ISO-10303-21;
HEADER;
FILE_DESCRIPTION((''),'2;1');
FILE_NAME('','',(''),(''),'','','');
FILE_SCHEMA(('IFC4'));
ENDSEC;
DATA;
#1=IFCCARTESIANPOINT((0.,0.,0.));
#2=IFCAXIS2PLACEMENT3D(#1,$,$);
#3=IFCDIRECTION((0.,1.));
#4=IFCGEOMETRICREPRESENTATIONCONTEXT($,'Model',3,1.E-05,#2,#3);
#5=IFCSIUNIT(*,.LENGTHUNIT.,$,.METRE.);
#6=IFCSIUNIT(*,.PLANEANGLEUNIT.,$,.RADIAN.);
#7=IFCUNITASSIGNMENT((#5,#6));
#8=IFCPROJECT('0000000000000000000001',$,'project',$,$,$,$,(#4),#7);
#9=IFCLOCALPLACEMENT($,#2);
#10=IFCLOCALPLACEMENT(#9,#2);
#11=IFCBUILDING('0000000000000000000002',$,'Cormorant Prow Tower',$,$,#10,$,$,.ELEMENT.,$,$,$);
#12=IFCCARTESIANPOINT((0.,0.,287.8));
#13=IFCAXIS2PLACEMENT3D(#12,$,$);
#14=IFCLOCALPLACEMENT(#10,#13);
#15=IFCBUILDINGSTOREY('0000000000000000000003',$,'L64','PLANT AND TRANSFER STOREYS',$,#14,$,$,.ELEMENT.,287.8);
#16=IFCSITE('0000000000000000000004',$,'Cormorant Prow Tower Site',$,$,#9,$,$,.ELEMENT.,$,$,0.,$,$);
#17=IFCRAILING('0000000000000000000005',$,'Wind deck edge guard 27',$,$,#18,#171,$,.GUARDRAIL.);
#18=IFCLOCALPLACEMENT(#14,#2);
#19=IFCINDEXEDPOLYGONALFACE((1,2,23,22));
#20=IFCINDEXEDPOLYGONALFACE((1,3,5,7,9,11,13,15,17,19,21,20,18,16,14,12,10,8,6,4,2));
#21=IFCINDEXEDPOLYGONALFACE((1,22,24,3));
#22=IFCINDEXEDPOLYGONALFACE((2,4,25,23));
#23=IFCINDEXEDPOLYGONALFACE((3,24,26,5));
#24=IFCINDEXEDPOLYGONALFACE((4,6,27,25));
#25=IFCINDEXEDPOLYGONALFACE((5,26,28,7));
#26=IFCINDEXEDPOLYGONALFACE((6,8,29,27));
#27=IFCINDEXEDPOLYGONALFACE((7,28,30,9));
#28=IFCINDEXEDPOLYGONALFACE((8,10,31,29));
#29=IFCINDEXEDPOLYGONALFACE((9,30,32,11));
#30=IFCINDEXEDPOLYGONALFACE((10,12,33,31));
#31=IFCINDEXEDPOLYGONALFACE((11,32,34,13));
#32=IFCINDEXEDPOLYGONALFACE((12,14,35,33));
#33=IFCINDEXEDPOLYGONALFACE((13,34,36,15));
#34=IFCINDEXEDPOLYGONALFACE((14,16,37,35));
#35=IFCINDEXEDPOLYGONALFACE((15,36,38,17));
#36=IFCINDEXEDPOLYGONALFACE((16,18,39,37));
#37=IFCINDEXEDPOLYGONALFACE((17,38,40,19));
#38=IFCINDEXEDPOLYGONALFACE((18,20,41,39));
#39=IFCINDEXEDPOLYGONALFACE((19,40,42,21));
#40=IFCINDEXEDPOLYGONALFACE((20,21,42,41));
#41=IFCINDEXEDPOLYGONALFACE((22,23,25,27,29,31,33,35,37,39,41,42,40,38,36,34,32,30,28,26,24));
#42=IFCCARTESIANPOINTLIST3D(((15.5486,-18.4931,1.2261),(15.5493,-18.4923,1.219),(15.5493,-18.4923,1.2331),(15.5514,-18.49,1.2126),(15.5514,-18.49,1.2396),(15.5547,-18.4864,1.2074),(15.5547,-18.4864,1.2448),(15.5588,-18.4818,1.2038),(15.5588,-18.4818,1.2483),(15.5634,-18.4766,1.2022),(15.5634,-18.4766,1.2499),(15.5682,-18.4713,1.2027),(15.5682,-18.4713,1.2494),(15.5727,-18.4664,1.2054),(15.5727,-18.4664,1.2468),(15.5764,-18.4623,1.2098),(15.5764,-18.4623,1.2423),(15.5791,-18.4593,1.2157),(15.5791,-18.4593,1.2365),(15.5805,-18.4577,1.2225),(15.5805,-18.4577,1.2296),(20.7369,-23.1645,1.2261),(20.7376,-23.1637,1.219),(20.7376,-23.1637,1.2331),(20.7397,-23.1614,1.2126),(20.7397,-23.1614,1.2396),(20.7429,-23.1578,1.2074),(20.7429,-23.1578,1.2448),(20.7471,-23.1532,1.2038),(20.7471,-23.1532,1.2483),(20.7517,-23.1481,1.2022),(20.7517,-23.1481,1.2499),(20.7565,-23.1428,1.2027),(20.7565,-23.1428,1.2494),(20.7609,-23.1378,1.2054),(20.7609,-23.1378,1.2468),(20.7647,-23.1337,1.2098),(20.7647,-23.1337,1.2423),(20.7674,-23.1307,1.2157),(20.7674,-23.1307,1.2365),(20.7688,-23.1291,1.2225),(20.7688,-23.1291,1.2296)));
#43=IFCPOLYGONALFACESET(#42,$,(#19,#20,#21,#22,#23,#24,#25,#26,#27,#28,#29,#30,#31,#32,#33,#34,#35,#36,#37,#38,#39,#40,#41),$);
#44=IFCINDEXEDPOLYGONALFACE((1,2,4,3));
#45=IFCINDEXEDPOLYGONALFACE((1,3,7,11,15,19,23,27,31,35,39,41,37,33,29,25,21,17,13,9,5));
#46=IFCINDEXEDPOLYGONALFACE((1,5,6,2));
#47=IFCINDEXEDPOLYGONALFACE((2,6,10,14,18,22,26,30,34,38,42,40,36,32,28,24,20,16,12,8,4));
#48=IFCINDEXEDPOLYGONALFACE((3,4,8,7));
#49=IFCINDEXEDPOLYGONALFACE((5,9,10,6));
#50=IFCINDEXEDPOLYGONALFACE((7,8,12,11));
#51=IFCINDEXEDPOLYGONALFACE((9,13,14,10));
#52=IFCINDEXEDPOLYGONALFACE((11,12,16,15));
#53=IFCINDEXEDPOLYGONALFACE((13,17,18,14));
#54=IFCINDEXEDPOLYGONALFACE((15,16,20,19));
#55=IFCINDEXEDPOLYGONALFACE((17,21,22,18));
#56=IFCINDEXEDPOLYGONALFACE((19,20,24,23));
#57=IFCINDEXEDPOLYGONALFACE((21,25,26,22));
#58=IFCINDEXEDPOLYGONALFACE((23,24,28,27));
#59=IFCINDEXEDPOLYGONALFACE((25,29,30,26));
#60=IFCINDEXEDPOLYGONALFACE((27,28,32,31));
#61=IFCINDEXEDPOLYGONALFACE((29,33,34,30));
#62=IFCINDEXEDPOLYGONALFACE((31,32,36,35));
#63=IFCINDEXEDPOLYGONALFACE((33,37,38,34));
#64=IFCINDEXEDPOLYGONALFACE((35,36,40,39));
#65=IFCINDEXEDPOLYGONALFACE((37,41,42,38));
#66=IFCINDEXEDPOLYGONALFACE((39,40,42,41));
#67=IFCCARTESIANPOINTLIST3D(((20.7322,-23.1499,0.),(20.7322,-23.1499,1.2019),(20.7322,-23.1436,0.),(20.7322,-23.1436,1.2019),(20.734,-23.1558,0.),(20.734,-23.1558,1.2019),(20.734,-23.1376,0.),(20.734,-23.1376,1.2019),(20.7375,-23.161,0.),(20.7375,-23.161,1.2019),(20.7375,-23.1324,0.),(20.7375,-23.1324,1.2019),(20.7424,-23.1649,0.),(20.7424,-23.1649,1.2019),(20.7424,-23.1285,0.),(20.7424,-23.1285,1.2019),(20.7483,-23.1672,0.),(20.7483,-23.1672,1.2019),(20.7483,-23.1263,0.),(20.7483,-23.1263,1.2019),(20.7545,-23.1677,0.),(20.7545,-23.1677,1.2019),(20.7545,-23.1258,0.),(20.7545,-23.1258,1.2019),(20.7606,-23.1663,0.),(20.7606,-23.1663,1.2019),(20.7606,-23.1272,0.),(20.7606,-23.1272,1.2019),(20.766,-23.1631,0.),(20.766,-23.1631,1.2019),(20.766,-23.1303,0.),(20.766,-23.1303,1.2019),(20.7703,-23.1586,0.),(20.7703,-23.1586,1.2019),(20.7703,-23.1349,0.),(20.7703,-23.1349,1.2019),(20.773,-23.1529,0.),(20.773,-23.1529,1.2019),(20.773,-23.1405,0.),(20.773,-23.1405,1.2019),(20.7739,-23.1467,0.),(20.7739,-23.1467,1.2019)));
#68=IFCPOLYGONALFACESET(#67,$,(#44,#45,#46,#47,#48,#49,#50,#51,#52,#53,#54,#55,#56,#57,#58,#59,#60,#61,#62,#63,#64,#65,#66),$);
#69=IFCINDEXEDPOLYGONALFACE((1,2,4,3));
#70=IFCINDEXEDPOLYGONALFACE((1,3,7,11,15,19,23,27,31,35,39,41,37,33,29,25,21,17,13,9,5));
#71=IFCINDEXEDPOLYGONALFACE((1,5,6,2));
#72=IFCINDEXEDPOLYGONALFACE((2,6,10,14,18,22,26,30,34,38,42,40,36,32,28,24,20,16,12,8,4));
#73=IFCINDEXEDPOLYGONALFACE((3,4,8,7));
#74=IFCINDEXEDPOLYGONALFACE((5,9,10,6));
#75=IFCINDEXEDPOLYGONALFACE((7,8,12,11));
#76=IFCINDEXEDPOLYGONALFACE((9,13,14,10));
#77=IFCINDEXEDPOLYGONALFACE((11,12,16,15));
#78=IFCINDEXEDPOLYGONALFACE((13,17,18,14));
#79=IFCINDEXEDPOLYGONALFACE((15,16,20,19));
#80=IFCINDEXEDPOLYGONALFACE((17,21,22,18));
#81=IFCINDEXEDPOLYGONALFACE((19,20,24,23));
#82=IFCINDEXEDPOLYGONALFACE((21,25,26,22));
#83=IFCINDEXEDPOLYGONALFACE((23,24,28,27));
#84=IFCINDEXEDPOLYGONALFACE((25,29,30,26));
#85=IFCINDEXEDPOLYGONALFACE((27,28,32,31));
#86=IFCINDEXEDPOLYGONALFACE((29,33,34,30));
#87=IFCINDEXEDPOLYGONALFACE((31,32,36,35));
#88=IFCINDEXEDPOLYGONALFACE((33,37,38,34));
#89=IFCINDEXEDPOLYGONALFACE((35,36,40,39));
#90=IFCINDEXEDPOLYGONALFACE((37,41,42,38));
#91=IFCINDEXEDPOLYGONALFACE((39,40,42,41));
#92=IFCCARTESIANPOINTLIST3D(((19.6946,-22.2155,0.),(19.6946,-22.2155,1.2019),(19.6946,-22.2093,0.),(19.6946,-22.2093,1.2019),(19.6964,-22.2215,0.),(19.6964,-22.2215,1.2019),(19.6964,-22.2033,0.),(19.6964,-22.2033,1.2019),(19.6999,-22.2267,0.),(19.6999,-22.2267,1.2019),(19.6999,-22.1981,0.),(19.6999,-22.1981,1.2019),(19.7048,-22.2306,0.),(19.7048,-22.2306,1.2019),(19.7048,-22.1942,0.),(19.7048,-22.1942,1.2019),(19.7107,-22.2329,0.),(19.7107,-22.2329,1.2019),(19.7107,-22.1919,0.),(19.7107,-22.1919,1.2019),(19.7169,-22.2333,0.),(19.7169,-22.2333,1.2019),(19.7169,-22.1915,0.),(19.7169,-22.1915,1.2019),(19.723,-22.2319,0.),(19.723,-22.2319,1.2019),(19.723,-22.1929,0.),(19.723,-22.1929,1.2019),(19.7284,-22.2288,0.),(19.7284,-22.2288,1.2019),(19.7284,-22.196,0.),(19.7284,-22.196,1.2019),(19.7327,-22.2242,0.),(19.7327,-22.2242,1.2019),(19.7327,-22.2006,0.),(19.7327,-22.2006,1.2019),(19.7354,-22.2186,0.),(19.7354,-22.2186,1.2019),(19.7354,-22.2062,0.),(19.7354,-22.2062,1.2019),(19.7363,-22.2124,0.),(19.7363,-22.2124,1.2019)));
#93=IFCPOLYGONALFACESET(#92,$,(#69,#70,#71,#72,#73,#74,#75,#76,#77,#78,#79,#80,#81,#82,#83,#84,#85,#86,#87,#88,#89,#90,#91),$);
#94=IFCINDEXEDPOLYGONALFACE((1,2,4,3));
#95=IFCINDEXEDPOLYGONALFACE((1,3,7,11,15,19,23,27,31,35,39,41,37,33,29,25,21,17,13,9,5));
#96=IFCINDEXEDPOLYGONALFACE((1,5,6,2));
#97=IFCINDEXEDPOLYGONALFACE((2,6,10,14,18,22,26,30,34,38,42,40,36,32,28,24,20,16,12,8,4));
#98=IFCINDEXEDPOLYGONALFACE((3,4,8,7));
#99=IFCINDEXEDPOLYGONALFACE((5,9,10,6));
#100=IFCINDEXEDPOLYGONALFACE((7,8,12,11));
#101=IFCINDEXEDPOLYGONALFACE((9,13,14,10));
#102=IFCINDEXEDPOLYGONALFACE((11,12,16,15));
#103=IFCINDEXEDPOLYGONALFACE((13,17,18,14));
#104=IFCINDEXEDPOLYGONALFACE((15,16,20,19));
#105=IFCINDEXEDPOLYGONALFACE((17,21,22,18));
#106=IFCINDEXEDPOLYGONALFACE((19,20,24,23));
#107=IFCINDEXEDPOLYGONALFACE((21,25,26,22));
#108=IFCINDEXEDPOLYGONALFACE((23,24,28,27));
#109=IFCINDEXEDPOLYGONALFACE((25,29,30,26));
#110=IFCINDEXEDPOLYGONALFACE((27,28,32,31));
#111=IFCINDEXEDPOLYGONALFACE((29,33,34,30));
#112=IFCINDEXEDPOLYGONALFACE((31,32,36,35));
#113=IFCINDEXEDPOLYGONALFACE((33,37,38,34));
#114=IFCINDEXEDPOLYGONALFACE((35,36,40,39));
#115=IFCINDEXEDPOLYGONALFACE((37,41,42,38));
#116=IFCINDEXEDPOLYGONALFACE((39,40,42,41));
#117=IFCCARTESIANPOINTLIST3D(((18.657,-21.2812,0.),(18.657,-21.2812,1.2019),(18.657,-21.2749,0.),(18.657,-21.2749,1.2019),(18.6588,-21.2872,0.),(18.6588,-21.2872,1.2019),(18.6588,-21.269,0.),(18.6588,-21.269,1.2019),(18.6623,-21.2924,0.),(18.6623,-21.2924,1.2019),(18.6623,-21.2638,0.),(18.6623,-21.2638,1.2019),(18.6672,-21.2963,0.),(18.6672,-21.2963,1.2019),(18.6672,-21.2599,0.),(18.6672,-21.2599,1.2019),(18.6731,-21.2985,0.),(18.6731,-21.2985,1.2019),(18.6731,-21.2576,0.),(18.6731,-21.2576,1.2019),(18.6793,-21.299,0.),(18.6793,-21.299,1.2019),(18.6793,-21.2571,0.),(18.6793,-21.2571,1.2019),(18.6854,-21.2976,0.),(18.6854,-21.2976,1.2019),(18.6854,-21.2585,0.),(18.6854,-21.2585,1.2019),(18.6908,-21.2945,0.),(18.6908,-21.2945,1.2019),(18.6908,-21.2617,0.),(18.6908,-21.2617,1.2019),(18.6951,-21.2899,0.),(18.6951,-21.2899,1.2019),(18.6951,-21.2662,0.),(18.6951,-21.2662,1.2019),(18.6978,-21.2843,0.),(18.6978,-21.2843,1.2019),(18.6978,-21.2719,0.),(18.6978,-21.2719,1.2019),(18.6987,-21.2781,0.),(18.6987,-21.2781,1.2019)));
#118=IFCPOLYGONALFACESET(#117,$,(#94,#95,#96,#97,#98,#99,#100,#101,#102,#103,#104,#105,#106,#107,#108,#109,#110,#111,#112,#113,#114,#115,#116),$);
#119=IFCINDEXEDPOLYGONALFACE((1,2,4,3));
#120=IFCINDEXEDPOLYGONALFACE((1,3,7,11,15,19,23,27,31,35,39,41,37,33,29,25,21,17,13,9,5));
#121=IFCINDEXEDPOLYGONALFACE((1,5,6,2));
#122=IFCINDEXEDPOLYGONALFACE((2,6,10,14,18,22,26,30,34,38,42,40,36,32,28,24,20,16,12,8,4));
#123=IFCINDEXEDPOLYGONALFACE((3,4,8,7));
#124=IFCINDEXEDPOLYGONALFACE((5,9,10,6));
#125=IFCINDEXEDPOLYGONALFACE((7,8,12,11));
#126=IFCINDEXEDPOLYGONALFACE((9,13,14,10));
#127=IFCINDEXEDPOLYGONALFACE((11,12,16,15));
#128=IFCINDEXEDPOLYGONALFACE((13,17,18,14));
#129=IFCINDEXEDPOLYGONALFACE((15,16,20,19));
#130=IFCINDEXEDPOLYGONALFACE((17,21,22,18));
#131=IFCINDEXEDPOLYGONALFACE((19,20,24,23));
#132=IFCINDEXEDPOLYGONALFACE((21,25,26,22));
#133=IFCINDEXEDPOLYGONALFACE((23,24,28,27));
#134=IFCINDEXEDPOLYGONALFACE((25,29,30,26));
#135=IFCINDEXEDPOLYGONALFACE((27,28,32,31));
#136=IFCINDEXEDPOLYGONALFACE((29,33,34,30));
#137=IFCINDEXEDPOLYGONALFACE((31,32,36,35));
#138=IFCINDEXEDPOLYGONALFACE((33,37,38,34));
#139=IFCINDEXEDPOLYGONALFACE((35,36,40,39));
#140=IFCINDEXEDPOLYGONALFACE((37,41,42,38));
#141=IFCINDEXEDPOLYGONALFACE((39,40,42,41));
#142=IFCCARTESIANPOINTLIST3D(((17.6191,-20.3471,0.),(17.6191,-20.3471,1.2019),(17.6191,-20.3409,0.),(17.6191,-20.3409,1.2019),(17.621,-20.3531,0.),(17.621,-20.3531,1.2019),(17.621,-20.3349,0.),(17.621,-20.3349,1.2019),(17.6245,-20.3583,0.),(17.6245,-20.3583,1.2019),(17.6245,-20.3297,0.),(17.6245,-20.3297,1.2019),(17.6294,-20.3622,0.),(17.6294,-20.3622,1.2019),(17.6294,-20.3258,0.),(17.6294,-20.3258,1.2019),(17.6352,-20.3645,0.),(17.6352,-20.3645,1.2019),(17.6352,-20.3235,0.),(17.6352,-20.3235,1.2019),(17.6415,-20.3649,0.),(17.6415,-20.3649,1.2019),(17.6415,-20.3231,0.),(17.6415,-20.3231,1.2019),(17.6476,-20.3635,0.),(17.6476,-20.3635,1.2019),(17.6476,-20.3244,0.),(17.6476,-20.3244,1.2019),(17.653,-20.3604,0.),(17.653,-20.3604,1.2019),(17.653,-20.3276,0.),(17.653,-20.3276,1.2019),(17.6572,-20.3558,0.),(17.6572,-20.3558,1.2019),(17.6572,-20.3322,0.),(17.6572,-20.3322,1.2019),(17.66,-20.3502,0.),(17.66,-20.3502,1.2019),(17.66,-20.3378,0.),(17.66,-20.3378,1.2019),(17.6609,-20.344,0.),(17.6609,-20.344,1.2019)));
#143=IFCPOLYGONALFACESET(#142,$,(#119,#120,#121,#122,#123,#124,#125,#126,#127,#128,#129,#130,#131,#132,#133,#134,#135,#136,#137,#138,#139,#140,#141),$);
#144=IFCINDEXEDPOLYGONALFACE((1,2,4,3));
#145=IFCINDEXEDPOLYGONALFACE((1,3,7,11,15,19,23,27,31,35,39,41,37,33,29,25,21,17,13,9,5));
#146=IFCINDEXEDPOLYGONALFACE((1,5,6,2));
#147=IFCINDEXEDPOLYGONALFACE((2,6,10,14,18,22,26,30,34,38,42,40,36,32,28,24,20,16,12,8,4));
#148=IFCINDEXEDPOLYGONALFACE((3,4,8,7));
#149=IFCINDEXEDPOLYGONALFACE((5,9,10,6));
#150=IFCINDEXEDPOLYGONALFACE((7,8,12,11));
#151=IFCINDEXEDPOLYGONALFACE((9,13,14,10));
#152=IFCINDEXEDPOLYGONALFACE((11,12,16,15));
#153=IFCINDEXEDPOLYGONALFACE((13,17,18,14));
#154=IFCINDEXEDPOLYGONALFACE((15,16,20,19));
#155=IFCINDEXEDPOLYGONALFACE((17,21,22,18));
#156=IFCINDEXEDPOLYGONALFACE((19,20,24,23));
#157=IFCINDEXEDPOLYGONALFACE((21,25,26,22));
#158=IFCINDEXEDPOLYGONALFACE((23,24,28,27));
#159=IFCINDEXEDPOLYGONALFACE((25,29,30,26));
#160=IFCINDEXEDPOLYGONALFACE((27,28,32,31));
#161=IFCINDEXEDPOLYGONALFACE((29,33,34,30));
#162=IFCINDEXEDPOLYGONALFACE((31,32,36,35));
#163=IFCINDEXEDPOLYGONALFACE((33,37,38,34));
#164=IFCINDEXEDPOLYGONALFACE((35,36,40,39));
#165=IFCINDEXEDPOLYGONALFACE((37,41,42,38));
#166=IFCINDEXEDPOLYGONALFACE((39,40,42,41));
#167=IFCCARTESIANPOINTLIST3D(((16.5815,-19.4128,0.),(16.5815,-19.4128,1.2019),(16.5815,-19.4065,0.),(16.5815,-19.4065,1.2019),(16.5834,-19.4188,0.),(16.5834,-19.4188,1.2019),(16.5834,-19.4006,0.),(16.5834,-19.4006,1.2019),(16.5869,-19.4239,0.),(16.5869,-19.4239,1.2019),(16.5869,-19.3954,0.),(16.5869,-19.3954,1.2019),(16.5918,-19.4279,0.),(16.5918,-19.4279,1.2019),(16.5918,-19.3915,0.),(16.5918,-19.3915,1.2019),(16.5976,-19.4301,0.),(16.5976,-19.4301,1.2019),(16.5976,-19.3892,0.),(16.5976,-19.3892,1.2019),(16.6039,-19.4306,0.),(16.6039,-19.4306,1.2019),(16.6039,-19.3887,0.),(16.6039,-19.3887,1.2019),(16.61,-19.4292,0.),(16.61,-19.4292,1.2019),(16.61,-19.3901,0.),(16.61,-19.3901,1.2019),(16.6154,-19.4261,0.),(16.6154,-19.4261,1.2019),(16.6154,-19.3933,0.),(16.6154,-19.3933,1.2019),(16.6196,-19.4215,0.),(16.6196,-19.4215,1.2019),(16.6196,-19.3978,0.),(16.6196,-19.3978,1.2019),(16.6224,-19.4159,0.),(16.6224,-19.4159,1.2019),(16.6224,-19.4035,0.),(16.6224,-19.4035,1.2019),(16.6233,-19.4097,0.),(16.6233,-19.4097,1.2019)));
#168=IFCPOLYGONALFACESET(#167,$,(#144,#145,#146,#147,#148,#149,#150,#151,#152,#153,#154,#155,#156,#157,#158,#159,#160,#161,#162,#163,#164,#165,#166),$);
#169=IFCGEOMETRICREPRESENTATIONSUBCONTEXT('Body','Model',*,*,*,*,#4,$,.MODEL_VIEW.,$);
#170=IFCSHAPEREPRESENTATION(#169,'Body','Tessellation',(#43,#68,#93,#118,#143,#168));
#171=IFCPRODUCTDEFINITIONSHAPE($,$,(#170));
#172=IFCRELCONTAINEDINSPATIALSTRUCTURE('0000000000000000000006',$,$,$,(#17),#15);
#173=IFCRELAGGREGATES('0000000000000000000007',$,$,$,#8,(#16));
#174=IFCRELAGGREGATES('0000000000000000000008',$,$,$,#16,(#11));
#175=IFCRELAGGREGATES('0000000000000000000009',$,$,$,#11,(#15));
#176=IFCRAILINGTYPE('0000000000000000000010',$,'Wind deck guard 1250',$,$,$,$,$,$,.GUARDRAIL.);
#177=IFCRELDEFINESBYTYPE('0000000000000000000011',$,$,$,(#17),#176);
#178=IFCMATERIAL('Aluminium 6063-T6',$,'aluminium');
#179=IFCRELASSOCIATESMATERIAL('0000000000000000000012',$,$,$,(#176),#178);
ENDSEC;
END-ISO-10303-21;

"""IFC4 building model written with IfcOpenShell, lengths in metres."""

from ifc_helpers import new_model, si_unit, direction, frame, origin, origin_2d, place, context, subcontext, project, spatial, circle, extrude, material, type_object, element, save


model = new_model("IFC4")

# Units and contexts
model_context = context("Model", 3, precision=1e-05, world=origin(), true_north=direction((0.0, 1.0)))
body_context = subcontext(model_context, "Body", "Model", "MODEL_VIEW")
ifc_project = project(units=[si_unit("LENGTHUNIT", "METRE"), si_unit("PLANEANGLEUNIT", "RADIAN")], contexts=[model_context])

# Site, building, storey
site_placement = place(None, origin())
site = spatial("IfcSite", under=ifc_project, at=site_placement, Name="Cormorant Prow Tower Site", CompositionType="ELEMENT", RefElevation=0.0)
building_placement = place(site_placement, origin())
building = spatial("IfcBuilding", under=site, at=building_placement, Name="Cormorant Prow Tower", CompositionType="ELEMENT")
storey_placement = place(building_placement, frame((0.0, 0.0, 287.8)))
storey = spatial("IfcBuildingStorey", under=building, at=storey_placement, Name="L64", Description="PLANT AND TRANSFER STOREYS", CompositionType="ELEMENT", Elevation=287.8)

# Railing
ifc_material_1 = material(Name="Aluminium 6063-T6", Category="aluminium")
railing_type = type_object("IfcRailingType", Name="Wind deck guard 1250", PredefinedType="GUARDRAIL", material=ifc_material_1)
railing_1_placement = place(storey_placement, frame((20.7529, -23.1467, 0.0)))
element("IfcRailing", 1, at=railing_1_placement, inside=storey, type_object=railing_type, Name="Wind deck edge guard 27", PredefinedType="GUARDRAIL", context=body_context, shape_type="SweptSolid", body=[
    extrude(circle(Radius=0.0239, at=origin_2d()), frame((0.0, 0.0, 1.2261), z_axis=(-0.743153, 0.669121, 0.0), x_axis=(-0.669121, -0.743153, 0.0)), (0.0, 0.0, 1.0), 6.9814),
    extrude(circle(Radius=0.021, at=origin_2d()), origin(), (0.0, 0.0, 1.0), 1.2019),
    extrude(circle(Radius=0.021, at=origin_2d()), frame((-1.0376, 0.9343, 0.0)), (0.0, 0.0, 1.0), 1.2019),
    extrude(circle(Radius=0.021, at=origin_2d()), frame((-2.0752, 1.8687, 0.0)), (0.0, 0.0, 1.0), 1.2019),
    extrude(circle(Radius=0.021, at=origin_2d()), frame((-3.113, 2.8027, 0.0)), (0.0, 0.0, 1.0), 1.2019),
    extrude(circle(Radius=0.021, at=origin_2d()), frame((-4.1506, 3.7371, 0.0)), (0.0, 0.0, 1.0), 1.2019),
])

save(model, "model.ifc")
